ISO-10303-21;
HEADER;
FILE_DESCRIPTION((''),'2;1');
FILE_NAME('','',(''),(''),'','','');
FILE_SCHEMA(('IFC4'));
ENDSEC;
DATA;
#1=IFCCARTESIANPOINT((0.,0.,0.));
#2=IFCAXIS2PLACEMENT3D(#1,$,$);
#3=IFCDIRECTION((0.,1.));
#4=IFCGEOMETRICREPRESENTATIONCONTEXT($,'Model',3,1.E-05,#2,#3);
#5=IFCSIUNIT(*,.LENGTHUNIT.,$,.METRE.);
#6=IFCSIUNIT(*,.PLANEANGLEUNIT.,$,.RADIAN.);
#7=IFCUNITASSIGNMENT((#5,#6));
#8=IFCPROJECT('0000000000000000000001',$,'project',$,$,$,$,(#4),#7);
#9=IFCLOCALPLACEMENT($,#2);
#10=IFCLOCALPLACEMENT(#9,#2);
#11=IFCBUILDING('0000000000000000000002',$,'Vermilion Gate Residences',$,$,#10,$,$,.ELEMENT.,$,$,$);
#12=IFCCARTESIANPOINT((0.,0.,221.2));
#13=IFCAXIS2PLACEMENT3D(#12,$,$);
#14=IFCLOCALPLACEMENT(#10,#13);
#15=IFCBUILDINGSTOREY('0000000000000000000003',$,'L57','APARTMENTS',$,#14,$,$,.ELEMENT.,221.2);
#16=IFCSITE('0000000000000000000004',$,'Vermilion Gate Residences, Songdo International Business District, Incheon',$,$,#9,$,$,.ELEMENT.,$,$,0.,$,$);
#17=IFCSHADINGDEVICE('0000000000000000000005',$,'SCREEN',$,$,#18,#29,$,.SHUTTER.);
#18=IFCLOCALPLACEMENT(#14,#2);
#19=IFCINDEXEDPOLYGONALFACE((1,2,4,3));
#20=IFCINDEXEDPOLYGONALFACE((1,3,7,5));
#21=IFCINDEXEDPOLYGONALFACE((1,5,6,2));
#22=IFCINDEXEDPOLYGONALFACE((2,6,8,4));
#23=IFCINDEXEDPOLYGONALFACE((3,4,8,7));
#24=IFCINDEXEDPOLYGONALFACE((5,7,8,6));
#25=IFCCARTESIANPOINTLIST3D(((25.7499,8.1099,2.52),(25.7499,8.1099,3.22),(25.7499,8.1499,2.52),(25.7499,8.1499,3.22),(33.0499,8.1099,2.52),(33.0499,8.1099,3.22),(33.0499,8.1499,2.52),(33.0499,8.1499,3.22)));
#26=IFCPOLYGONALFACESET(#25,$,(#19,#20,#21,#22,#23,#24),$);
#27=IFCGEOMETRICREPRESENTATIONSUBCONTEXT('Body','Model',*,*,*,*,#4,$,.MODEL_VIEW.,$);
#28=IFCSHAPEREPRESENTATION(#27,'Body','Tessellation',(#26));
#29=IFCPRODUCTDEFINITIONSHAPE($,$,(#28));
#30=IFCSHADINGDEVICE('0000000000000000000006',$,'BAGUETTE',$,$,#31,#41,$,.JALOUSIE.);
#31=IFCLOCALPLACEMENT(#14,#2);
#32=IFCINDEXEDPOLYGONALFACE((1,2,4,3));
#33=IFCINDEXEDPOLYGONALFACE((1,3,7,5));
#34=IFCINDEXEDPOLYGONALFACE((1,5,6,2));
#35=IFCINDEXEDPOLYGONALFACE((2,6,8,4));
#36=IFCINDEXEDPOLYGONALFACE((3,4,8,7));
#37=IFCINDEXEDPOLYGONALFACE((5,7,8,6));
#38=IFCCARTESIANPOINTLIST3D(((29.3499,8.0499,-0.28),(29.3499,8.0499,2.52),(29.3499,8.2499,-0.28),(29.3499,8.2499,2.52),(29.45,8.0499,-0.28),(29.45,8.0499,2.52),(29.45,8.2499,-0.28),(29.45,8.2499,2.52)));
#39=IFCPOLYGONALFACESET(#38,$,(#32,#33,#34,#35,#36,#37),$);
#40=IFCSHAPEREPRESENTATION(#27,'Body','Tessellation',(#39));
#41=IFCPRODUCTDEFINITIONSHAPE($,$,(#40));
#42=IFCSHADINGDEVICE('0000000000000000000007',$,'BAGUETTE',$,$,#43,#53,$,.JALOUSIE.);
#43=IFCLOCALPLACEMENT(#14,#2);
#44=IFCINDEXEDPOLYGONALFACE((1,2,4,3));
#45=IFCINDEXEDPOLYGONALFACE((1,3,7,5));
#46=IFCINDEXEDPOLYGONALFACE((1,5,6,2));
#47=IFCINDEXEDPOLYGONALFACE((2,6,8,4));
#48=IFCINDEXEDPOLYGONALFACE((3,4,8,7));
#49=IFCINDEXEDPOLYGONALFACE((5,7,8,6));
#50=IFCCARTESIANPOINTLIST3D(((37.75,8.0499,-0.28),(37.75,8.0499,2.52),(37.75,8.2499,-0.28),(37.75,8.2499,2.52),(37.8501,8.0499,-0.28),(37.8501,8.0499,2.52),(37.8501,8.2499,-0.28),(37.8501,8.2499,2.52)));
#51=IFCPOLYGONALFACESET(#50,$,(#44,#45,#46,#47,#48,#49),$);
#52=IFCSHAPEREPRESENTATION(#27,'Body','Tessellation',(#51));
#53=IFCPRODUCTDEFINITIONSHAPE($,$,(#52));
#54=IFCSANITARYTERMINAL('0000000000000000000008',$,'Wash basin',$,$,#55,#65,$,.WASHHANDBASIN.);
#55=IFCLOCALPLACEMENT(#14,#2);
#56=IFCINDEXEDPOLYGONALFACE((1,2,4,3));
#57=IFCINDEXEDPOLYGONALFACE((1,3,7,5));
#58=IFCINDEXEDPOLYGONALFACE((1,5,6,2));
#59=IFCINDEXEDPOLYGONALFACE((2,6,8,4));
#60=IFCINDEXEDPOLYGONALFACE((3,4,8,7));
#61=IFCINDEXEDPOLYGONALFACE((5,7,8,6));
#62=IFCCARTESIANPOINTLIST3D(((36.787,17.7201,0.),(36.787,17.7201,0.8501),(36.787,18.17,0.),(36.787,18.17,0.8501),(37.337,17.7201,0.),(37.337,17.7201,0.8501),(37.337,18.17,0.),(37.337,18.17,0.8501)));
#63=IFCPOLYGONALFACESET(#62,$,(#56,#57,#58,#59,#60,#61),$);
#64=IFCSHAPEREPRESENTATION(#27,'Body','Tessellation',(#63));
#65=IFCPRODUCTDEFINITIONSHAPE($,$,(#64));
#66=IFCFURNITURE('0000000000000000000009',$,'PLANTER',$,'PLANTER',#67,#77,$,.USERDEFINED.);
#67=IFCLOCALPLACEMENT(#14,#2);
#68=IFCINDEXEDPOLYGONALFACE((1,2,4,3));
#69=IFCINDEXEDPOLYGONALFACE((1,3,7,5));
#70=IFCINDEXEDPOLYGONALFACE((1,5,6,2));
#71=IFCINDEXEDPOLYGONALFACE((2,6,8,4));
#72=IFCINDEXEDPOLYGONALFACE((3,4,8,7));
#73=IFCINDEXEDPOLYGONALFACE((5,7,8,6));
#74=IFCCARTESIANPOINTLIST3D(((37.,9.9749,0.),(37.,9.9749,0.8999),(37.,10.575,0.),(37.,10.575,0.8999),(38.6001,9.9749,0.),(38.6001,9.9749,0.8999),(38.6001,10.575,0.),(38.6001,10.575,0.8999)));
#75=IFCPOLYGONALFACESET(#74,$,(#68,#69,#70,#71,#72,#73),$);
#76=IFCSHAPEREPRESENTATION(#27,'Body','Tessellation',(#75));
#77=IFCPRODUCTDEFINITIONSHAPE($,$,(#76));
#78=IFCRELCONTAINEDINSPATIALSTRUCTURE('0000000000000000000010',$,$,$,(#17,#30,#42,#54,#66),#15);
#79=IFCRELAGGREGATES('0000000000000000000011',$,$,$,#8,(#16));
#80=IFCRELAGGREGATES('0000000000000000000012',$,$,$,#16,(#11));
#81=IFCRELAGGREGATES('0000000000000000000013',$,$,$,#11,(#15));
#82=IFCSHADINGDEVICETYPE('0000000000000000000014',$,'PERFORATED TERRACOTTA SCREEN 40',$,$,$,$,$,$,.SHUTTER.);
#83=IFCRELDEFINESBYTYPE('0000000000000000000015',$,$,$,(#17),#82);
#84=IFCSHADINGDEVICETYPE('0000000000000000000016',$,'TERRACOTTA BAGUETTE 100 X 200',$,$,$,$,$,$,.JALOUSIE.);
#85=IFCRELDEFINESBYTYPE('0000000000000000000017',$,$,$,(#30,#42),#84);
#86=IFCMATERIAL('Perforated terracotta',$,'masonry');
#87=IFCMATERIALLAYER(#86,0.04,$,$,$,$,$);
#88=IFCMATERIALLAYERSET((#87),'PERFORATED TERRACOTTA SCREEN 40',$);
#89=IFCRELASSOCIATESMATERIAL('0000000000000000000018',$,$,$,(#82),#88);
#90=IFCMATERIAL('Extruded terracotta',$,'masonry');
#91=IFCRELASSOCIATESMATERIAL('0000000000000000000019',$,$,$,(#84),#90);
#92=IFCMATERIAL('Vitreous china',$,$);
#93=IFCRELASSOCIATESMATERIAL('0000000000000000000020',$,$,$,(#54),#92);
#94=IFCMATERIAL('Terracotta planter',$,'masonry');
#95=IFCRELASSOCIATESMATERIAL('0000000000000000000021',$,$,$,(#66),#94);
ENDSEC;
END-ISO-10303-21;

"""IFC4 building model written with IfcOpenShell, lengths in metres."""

from ifc_helpers import new_model, si_unit, direction, frame, origin, origin_2d, place, context, subcontext, project, spatial, rectangle, extrude, material, layer, layer_set, material_profile, profile_set, type_object, element, save


model = new_model("IFC4")

# Units and contexts
model_context = context("Model", 3, precision=1e-05, world=origin(), true_north=direction((0.0, 1.0)))
body_context = subcontext(model_context, "Body", "Model", "MODEL_VIEW")
ifc_project = project(units=[si_unit("LENGTHUNIT", "METRE"), si_unit("PLANEANGLEUNIT", "RADIAN")], contexts=[model_context])

# Site, building, storey
site_placement = place(None, origin())
site = spatial("IfcSite", under=ifc_project, at=site_placement, Name="Vermilion Gate Residences, Songdo International Business District, Incheon", CompositionType="ELEMENT", RefElevation=0.0)
building_placement = place(site_placement, origin())
building = spatial("IfcBuilding", under=site, at=building_placement, Name="Vermilion Gate Residences", CompositionType="ELEMENT")
storey_placement = place(building_placement, frame((0.0, 0.0, 221.2)))
storey = spatial("IfcBuildingStorey", under=building, at=storey_placement, Name="L57", Description="APARTMENTS", CompositionType="ELEMENT", Elevation=221.2)

# Shading devices
ifc_material_1 = material(Name="Perforated terracotta", Category="masonry")
ifc_layer_1 = layer(ifc_material_1, 0.04)
ifc_layer_set_1 = layer_set([ifc_layer_1], Name="PERFORATED TERRACOTTA SCREEN 40")
shading_device_type_1 = type_object("IfcShadingDeviceType", Name="PERFORATED TERRACOTTA SCREEN 40", PredefinedType="SHUTTER", material=ifc_layer_set_1)
shading_device_placement = place(storey_placement, frame((29.3999, 8.1299, 2.52), z_axis=(0.0, 0.0, 1.0), x_axis=(1.0, 0.0, 0.0)))
element("IfcShadingDevice", 1, at=shading_device_placement, inside=storey, type_object=shading_device_type_1, Name="SCREEN", PredefinedType="SHUTTER", context=body_context, shape_type="SweptSolid", body=[
    extrude(rectangle(XDim=7.3, YDim=0.04, at=origin_2d()), origin(), (0.0, 0.0, 1.0), 0.7),
])
ifc_material_2 = material(Name="Extruded terracotta", Category="masonry")
ifc_material_profile_1 = material_profile(ifc_material_2, rectangle(XDim=0.2, YDim=0.1001, at=origin_2d()), Name="BAGUETTE 100 X 200")
ifc_profile_set_1 = profile_set([ifc_material_profile_1], Name="Extruded terracotta")
shading_device_type_2 = type_object("IfcShadingDeviceType", Name="TERRACOTTA BAGUETTE 100 X 200", PredefinedType="JALOUSIE", material=ifc_profile_set_1)
for number, where, z_axis, x_axis, name in (
    (2, (29.3999, 8.1499, -0.28), (0.0, 0.0, 1.0), (0.0, 1.0, 0.0), "BAGUETTE"),
    (3, (37.8, 8.1499, -0.28), (0.0, 0.0, 1.0), (0.0, 1.0, 0.0), "BAGUETTE"),
):
    element("IfcShadingDevice", number, at=place(storey_placement, frame(where, z_axis=z_axis, x_axis=x_axis)), inside=storey, type_object=shading_device_type_2, Name=name, PredefinedType="JALOUSIE", context=body_context, shape_type="SweptSolid", body=[
        extrude(rectangle(XDim=0.2, YDim=0.1001, at=origin_2d()), origin(), (0.0, 0.0, 1.0), 2.8),
    ])

# Sanitary terminal
ifc_material_3 = material(Name="Vitreous china")
sanitary_terminal_placement = place(storey_placement, frame((37.062, 17.9451, 0.0), z_axis=(0.0, 0.0, 1.0), x_axis=(1.0, 0.0, 0.0)))
element("IfcSanitaryTerminal", 4, at=sanitary_terminal_placement, inside=storey, material=ifc_material_3, Name="Wash basin", PredefinedType="WASHHANDBASIN", context=body_context, shape_type="SweptSolid", body=[
    extrude(rectangle(XDim=0.55, YDim=0.45, at=origin_2d()), origin(), (0.0, 0.0, 1.0), 0.8501),
])

# Furniture
ifc_material_4 = material(Name="Terracotta planter", Category="masonry")
furniture_placement = place(storey_placement, frame((37.8, 10.2749, 0.0), z_axis=(0.0, 0.0, 1.0), x_axis=(1.0, 0.0, 0.0)))
element("IfcFurniture", 5, at=furniture_placement, inside=storey, material=ifc_material_4, Name="PLANTER", ObjectType="PLANTER", PredefinedType="USERDEFINED", context=body_context, shape_type="SweptSolid", body=[
    extrude(rectangle(XDim=1.6001, YDim=0.6001, at=origin_2d()), origin(), (0.0, 0.0, 1.0), 0.8999),
])

save(model, "model.ifc")
